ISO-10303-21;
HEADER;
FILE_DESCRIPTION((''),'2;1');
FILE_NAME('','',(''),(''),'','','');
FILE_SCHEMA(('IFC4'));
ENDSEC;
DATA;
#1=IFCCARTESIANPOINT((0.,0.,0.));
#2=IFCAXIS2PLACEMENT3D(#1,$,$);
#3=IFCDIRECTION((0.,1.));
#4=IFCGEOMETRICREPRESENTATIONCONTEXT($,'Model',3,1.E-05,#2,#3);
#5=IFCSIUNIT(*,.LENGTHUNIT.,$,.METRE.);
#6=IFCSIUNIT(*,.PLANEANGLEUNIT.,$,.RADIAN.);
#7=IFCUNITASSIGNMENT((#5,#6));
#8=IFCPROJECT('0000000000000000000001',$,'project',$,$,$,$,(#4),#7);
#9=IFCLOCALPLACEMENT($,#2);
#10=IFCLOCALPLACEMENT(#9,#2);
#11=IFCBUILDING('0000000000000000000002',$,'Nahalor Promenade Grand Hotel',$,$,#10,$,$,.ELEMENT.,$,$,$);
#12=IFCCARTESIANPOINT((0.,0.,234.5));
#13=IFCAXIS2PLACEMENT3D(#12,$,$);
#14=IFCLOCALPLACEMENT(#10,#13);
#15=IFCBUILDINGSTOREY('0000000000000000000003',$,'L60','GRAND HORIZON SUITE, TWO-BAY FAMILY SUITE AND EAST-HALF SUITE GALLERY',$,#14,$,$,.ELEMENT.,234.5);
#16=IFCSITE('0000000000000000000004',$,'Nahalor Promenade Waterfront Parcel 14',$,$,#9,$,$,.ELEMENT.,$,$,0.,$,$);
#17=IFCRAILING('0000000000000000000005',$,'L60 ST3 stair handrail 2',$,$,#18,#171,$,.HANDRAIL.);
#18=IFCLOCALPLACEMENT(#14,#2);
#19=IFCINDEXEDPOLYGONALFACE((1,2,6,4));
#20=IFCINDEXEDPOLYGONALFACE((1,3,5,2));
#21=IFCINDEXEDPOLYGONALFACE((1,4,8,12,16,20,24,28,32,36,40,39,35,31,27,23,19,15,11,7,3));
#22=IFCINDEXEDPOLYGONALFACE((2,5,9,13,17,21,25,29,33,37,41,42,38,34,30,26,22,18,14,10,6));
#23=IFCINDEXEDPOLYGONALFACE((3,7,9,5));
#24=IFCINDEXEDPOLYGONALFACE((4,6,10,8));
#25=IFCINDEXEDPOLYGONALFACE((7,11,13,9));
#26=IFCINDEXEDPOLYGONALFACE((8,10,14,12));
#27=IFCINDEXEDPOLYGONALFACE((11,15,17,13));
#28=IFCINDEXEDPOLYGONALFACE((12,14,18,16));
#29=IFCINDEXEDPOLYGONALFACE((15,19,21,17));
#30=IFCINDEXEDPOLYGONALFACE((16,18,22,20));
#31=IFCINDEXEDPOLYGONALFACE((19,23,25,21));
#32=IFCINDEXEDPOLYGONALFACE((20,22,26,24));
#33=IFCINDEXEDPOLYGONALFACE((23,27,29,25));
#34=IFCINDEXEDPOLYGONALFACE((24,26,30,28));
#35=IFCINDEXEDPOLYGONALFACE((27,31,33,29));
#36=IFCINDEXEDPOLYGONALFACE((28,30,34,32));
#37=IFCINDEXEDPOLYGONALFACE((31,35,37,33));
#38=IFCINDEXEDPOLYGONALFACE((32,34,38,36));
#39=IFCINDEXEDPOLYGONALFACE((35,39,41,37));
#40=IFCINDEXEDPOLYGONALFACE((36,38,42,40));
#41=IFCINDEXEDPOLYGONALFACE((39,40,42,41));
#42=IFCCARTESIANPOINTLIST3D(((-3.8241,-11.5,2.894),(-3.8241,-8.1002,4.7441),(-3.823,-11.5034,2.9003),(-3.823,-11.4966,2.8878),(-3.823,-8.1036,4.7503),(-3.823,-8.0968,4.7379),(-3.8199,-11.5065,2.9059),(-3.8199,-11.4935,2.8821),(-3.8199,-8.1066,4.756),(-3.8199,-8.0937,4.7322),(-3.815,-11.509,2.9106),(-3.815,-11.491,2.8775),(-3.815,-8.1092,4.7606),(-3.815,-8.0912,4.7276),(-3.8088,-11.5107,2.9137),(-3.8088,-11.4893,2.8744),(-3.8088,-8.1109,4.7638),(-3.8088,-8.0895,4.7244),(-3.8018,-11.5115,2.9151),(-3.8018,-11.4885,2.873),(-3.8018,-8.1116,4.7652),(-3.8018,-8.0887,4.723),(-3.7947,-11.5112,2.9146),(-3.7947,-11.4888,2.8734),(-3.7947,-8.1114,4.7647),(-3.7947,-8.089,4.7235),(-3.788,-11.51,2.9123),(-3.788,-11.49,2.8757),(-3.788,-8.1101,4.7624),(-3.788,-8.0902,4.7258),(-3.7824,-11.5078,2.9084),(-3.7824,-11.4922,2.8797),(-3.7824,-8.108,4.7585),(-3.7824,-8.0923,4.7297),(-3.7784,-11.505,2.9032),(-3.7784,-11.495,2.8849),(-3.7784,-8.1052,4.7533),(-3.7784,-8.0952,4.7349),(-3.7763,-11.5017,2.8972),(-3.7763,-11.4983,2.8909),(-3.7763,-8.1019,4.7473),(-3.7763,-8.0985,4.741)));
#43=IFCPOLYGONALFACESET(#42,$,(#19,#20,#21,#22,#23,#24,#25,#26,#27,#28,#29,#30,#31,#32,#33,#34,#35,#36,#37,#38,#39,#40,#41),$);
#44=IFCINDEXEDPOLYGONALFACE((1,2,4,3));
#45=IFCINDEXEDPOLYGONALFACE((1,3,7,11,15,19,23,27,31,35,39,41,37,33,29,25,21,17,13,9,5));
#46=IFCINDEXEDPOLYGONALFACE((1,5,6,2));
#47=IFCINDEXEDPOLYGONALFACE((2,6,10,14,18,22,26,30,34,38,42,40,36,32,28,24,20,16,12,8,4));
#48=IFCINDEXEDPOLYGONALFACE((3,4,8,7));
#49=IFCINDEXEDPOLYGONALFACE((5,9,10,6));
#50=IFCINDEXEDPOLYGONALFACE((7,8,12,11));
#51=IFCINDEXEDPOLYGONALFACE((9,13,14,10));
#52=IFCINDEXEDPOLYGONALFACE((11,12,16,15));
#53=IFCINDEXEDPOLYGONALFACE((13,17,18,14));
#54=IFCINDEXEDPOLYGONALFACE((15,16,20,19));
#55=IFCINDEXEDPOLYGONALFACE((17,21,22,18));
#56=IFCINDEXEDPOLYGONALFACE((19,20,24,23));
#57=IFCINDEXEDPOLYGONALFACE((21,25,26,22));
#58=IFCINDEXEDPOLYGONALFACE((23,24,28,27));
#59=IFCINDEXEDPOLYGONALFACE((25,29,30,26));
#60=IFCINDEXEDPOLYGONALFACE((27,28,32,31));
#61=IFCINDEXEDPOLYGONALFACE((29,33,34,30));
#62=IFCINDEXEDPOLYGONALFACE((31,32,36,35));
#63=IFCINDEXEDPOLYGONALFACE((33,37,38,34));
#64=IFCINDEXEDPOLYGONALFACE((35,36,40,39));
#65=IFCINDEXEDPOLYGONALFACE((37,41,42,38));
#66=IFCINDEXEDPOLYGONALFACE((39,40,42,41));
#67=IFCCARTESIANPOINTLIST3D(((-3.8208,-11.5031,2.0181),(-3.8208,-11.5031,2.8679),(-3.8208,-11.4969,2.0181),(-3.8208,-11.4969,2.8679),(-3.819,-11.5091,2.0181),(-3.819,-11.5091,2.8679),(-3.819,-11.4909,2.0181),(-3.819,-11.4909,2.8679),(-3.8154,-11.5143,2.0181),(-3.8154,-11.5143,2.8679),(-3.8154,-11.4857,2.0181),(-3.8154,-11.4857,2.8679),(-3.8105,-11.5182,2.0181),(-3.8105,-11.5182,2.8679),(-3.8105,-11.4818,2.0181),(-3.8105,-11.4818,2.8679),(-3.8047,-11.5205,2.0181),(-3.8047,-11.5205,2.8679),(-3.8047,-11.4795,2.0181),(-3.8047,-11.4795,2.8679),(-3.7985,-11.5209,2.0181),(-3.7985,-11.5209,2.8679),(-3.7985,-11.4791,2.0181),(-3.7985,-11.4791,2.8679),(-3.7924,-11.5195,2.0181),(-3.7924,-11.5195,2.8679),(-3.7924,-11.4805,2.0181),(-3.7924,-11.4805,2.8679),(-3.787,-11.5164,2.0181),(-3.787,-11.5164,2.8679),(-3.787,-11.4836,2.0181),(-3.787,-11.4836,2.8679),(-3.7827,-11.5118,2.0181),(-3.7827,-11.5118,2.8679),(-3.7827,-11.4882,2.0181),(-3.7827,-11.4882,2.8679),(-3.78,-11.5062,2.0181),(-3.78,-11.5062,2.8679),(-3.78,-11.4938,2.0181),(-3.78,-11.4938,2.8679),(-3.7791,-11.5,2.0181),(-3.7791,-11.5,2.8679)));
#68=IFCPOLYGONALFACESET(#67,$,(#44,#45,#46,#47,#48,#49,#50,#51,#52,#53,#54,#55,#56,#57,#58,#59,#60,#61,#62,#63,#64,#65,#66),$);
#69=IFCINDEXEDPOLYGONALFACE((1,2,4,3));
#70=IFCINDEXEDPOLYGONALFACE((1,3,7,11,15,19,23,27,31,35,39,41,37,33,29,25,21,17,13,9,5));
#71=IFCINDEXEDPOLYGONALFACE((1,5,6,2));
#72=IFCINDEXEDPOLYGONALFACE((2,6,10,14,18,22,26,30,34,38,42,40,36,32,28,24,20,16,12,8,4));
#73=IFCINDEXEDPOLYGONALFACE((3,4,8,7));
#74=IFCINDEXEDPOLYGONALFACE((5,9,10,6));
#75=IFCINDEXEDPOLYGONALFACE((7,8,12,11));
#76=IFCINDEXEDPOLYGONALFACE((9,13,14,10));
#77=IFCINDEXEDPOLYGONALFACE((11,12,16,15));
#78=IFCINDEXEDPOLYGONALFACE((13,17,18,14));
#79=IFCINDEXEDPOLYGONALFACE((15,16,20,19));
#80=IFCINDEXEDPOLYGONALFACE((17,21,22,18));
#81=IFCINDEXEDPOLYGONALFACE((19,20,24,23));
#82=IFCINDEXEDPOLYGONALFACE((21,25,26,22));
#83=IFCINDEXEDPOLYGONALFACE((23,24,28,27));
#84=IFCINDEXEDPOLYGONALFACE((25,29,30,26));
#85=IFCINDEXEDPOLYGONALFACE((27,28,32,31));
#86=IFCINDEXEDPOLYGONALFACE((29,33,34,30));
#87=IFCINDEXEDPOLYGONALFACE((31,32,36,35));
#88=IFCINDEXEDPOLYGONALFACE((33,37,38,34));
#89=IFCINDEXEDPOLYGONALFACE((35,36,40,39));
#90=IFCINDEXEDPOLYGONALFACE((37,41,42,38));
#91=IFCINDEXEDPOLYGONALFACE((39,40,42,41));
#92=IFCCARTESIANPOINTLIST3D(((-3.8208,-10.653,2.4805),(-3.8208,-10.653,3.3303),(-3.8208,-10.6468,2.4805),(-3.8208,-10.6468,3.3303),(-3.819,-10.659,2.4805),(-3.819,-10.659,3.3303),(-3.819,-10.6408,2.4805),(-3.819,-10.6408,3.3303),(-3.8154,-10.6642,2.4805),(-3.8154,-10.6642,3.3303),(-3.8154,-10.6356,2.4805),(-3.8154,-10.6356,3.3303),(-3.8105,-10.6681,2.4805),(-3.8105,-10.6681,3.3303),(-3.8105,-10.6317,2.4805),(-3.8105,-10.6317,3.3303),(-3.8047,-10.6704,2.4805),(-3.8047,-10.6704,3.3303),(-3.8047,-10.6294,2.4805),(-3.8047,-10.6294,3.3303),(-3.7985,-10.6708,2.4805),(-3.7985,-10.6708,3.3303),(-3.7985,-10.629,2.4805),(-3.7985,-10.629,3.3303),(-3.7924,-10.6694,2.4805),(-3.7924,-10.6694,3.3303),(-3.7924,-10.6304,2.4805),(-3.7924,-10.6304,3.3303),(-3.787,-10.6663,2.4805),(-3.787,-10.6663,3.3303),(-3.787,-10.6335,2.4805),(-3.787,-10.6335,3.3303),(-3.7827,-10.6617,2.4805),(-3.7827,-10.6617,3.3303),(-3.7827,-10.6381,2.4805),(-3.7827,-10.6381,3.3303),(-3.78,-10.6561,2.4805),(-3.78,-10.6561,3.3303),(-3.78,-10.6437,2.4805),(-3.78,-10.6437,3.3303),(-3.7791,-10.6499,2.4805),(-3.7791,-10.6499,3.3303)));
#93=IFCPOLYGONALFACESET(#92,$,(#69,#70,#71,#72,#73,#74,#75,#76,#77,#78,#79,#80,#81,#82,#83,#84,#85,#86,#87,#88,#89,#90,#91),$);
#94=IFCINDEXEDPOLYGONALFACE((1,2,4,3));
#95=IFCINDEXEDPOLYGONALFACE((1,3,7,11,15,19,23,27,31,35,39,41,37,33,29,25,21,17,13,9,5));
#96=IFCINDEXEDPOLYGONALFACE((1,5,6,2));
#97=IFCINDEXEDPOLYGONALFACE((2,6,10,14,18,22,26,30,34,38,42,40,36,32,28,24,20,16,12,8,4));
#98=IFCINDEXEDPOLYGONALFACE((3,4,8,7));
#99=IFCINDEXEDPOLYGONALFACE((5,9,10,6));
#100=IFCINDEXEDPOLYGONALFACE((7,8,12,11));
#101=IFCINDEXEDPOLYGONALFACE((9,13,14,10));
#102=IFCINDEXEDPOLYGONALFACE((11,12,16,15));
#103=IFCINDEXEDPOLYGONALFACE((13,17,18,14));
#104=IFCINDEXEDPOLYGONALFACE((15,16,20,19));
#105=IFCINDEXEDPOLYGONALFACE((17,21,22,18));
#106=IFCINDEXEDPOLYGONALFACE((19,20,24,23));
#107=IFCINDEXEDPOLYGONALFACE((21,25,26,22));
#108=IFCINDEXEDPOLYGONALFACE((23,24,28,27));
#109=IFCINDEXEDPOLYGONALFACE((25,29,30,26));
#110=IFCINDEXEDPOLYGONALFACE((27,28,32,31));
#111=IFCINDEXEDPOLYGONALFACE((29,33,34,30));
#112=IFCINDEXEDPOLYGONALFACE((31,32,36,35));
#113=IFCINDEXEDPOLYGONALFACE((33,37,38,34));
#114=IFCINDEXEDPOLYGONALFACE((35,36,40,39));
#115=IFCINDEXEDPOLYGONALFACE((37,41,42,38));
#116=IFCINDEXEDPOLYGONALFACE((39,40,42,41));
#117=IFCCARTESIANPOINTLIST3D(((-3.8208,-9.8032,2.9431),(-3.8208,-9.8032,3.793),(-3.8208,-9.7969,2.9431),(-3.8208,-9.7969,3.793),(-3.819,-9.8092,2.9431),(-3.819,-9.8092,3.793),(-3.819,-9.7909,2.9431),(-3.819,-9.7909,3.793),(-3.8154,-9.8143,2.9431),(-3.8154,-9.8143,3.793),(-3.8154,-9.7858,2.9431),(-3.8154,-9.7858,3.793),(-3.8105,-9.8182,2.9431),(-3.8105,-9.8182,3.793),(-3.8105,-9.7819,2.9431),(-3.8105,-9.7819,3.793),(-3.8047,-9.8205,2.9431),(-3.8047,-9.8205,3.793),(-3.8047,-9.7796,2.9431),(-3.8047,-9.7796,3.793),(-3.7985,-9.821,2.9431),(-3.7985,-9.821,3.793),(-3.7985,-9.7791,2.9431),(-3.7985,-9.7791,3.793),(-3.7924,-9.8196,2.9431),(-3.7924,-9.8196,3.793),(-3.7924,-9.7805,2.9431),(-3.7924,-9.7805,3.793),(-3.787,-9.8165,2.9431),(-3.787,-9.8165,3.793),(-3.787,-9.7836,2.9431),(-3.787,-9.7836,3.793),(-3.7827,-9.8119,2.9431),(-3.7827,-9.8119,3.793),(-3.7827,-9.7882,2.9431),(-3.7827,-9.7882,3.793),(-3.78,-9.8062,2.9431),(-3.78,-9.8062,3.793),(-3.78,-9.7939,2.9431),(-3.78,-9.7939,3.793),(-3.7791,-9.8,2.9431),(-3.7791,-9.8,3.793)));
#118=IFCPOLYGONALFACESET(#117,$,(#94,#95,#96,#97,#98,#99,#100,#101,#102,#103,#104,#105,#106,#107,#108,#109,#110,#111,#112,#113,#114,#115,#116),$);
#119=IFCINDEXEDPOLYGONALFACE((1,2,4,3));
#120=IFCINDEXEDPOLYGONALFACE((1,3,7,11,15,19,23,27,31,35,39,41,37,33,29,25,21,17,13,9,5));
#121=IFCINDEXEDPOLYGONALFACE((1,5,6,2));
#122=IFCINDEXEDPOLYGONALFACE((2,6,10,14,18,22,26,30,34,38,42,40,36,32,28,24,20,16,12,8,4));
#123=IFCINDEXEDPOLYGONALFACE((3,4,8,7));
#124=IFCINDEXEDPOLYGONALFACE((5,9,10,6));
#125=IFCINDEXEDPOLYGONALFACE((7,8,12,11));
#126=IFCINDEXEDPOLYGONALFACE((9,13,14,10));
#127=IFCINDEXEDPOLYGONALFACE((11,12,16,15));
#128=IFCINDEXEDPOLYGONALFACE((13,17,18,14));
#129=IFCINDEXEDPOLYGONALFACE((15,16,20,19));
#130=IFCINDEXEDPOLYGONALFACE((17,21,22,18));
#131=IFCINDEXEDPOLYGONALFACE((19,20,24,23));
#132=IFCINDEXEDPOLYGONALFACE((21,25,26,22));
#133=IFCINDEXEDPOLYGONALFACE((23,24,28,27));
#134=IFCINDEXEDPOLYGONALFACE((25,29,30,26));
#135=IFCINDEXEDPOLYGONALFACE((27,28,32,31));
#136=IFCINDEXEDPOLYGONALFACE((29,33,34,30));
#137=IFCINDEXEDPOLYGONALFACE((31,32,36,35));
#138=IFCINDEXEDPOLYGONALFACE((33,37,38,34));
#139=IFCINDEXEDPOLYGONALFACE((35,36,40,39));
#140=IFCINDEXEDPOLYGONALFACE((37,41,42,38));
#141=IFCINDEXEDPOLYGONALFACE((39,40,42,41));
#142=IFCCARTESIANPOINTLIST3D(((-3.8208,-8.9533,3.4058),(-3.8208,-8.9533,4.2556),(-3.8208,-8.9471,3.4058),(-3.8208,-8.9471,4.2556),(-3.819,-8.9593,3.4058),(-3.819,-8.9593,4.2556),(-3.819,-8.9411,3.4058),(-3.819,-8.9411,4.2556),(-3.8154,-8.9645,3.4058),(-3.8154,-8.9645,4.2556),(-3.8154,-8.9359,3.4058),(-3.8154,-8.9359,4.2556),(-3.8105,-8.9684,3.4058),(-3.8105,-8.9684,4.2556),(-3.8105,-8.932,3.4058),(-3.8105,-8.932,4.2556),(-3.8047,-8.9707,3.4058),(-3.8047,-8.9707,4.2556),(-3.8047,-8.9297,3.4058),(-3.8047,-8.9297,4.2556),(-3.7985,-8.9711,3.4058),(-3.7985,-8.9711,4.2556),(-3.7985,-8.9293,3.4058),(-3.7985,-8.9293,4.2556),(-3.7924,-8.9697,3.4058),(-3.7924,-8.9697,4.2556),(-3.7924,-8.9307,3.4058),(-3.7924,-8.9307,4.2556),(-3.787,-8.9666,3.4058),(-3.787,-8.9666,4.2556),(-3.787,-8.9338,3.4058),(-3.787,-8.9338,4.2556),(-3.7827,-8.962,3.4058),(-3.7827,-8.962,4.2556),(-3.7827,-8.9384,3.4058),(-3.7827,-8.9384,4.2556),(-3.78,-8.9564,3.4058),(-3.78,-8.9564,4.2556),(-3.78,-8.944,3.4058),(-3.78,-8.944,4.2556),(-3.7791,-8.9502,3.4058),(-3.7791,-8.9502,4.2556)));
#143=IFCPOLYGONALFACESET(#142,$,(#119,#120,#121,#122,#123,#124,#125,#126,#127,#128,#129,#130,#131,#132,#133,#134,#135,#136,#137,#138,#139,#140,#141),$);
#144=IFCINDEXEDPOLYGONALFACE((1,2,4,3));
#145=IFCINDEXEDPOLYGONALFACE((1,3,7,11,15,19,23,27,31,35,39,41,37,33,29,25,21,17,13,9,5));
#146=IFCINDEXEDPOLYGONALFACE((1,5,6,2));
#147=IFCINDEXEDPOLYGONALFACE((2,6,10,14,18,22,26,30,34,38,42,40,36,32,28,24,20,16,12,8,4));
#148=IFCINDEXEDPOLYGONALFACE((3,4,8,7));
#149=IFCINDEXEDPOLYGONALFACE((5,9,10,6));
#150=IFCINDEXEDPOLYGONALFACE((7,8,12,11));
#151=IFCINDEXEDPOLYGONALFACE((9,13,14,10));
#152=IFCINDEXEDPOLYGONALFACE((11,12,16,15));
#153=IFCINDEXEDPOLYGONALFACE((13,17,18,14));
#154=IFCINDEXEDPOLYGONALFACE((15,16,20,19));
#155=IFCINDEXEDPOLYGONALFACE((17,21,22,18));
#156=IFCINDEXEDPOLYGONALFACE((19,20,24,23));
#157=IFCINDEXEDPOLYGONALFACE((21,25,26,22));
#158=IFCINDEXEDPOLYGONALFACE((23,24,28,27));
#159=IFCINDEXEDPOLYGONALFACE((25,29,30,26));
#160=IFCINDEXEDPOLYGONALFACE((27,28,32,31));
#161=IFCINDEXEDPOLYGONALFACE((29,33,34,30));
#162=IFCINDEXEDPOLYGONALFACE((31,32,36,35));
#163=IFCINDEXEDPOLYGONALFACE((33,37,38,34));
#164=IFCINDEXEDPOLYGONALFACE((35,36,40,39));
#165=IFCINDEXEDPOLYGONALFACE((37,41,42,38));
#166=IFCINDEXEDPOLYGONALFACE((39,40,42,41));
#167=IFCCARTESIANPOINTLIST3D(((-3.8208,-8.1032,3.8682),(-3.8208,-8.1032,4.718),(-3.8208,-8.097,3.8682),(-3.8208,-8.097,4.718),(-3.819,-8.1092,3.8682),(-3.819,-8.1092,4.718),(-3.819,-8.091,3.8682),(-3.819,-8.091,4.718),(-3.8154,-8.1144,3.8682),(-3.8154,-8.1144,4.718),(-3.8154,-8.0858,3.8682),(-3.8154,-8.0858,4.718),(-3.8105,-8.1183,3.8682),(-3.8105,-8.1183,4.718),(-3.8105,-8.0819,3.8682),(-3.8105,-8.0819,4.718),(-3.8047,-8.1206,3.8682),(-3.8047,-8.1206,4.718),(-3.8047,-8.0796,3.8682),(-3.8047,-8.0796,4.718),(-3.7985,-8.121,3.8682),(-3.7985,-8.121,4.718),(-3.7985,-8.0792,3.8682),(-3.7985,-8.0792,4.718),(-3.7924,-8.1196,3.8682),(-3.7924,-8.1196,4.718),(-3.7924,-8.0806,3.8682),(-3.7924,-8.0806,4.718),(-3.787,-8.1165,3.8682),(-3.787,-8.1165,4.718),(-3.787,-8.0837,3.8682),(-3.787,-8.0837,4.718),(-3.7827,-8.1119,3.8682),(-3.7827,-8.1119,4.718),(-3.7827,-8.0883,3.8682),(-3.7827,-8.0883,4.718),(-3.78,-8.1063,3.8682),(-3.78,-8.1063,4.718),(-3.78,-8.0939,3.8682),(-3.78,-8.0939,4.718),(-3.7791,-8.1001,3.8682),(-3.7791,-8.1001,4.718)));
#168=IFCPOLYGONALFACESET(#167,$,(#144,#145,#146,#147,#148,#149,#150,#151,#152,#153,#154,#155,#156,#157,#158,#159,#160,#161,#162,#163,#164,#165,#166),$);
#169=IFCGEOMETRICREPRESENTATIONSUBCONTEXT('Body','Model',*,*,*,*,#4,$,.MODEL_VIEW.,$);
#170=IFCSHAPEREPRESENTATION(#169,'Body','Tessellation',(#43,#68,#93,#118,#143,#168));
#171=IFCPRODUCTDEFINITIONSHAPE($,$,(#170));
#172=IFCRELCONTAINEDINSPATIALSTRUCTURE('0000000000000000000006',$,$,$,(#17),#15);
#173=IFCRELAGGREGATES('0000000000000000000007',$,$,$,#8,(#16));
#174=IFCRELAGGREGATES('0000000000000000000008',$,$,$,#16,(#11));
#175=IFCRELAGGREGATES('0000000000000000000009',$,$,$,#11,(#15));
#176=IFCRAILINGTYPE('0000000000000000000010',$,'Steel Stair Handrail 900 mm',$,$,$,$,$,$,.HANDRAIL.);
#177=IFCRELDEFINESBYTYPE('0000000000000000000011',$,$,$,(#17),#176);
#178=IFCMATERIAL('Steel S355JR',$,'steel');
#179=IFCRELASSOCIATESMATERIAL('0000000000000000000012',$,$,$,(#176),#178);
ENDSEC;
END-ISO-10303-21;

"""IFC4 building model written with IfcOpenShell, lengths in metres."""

from ifc_helpers import new_model, si_unit, direction, frame, origin, origin_2d, place, context, subcontext, project, spatial, circle, extrude, material, type_object, element, save


model = new_model("IFC4")

# Units and contexts
model_context = context("Model", 3, precision=1e-05, world=origin(), true_north=direction((0.0, 1.0)))
body_context = subcontext(model_context, "Body", "Model", "MODEL_VIEW")
ifc_project = project(units=[si_unit("LENGTHUNIT", "METRE"), si_unit("PLANEANGLEUNIT", "RADIAN")], contexts=[model_context])

# Site, building, storey
site_placement = place(None, origin())
site = spatial("IfcSite", under=ifc_project, at=site_placement, Name="Nahalor Promenade Waterfront Parcel 14", CompositionType="ELEMENT", RefElevation=0.0)
building_placement = place(site_placement, origin())
building = spatial("IfcBuilding", under=site, at=building_placement, Name="Nahalor Promenade Grand Hotel", CompositionType="ELEMENT")
storey_placement = place(building_placement, frame((0.0, 0.0, 234.5)))
storey = spatial("IfcBuildingStorey", under=building, at=storey_placement, Name="L60", Description="GRAND HORIZON SUITE, TWO-BAY FAMILY SUITE AND EAST-HALF SUITE GALLERY", CompositionType="ELEMENT", Elevation=234.5)

# Shared definitions
ifc_material_1 = material(Name="Steel S355JR", Category="steel")

# Railing
railing_type_1 = type_object("IfcRailingType", Name="Steel Stair Handrail 900 mm", PredefinedType="HANDRAIL", material=ifc_material_1)
railing_1_placement = place(storey_placement, frame((-3.8, -11.5, 2.0181)))
element("IfcRailing", 1, at=railing_1_placement, inside=storey, type_object=railing_type_1, Name="L60 ST3 stair handrail 2", PredefinedType="HANDRAIL", context=body_context, shape_type="SweptSolid", body=[
    extrude(circle(Radius=0.024, at=origin_2d()), frame((0.0, 0.0, 0.876), z_axis=(0.0, 0.878372, 0.477977), x_axis=(-1.0, 0.0, 0.0)), (0.0, 0.0, 1.0), 3.8706),
    extrude(circle(Radius=0.021, at=origin_2d()), origin(), (0.0, 0.0, 1.0), 0.8499),
    extrude(circle(Radius=0.021, at=origin_2d()), frame((0.0, 0.8501, 0.4624)), (0.0, 0.0, 1.0), 0.8499),
    extrude(circle(Radius=0.021, at=origin_2d()), frame((0.0, 1.7, 0.925)), (0.0, 0.0, 1.0), 0.8499),
    extrude(circle(Radius=0.021, at=origin_2d()), frame((0.0, 2.5498, 1.3877)), (0.0, 0.0, 1.0), 0.8499),
    extrude(circle(Radius=0.021, at=origin_2d()), frame((0.0, 3.3999, 1.8501)), (0.0, 0.0, 1.0), 0.8499),
])

save(model, "model.ifc")
